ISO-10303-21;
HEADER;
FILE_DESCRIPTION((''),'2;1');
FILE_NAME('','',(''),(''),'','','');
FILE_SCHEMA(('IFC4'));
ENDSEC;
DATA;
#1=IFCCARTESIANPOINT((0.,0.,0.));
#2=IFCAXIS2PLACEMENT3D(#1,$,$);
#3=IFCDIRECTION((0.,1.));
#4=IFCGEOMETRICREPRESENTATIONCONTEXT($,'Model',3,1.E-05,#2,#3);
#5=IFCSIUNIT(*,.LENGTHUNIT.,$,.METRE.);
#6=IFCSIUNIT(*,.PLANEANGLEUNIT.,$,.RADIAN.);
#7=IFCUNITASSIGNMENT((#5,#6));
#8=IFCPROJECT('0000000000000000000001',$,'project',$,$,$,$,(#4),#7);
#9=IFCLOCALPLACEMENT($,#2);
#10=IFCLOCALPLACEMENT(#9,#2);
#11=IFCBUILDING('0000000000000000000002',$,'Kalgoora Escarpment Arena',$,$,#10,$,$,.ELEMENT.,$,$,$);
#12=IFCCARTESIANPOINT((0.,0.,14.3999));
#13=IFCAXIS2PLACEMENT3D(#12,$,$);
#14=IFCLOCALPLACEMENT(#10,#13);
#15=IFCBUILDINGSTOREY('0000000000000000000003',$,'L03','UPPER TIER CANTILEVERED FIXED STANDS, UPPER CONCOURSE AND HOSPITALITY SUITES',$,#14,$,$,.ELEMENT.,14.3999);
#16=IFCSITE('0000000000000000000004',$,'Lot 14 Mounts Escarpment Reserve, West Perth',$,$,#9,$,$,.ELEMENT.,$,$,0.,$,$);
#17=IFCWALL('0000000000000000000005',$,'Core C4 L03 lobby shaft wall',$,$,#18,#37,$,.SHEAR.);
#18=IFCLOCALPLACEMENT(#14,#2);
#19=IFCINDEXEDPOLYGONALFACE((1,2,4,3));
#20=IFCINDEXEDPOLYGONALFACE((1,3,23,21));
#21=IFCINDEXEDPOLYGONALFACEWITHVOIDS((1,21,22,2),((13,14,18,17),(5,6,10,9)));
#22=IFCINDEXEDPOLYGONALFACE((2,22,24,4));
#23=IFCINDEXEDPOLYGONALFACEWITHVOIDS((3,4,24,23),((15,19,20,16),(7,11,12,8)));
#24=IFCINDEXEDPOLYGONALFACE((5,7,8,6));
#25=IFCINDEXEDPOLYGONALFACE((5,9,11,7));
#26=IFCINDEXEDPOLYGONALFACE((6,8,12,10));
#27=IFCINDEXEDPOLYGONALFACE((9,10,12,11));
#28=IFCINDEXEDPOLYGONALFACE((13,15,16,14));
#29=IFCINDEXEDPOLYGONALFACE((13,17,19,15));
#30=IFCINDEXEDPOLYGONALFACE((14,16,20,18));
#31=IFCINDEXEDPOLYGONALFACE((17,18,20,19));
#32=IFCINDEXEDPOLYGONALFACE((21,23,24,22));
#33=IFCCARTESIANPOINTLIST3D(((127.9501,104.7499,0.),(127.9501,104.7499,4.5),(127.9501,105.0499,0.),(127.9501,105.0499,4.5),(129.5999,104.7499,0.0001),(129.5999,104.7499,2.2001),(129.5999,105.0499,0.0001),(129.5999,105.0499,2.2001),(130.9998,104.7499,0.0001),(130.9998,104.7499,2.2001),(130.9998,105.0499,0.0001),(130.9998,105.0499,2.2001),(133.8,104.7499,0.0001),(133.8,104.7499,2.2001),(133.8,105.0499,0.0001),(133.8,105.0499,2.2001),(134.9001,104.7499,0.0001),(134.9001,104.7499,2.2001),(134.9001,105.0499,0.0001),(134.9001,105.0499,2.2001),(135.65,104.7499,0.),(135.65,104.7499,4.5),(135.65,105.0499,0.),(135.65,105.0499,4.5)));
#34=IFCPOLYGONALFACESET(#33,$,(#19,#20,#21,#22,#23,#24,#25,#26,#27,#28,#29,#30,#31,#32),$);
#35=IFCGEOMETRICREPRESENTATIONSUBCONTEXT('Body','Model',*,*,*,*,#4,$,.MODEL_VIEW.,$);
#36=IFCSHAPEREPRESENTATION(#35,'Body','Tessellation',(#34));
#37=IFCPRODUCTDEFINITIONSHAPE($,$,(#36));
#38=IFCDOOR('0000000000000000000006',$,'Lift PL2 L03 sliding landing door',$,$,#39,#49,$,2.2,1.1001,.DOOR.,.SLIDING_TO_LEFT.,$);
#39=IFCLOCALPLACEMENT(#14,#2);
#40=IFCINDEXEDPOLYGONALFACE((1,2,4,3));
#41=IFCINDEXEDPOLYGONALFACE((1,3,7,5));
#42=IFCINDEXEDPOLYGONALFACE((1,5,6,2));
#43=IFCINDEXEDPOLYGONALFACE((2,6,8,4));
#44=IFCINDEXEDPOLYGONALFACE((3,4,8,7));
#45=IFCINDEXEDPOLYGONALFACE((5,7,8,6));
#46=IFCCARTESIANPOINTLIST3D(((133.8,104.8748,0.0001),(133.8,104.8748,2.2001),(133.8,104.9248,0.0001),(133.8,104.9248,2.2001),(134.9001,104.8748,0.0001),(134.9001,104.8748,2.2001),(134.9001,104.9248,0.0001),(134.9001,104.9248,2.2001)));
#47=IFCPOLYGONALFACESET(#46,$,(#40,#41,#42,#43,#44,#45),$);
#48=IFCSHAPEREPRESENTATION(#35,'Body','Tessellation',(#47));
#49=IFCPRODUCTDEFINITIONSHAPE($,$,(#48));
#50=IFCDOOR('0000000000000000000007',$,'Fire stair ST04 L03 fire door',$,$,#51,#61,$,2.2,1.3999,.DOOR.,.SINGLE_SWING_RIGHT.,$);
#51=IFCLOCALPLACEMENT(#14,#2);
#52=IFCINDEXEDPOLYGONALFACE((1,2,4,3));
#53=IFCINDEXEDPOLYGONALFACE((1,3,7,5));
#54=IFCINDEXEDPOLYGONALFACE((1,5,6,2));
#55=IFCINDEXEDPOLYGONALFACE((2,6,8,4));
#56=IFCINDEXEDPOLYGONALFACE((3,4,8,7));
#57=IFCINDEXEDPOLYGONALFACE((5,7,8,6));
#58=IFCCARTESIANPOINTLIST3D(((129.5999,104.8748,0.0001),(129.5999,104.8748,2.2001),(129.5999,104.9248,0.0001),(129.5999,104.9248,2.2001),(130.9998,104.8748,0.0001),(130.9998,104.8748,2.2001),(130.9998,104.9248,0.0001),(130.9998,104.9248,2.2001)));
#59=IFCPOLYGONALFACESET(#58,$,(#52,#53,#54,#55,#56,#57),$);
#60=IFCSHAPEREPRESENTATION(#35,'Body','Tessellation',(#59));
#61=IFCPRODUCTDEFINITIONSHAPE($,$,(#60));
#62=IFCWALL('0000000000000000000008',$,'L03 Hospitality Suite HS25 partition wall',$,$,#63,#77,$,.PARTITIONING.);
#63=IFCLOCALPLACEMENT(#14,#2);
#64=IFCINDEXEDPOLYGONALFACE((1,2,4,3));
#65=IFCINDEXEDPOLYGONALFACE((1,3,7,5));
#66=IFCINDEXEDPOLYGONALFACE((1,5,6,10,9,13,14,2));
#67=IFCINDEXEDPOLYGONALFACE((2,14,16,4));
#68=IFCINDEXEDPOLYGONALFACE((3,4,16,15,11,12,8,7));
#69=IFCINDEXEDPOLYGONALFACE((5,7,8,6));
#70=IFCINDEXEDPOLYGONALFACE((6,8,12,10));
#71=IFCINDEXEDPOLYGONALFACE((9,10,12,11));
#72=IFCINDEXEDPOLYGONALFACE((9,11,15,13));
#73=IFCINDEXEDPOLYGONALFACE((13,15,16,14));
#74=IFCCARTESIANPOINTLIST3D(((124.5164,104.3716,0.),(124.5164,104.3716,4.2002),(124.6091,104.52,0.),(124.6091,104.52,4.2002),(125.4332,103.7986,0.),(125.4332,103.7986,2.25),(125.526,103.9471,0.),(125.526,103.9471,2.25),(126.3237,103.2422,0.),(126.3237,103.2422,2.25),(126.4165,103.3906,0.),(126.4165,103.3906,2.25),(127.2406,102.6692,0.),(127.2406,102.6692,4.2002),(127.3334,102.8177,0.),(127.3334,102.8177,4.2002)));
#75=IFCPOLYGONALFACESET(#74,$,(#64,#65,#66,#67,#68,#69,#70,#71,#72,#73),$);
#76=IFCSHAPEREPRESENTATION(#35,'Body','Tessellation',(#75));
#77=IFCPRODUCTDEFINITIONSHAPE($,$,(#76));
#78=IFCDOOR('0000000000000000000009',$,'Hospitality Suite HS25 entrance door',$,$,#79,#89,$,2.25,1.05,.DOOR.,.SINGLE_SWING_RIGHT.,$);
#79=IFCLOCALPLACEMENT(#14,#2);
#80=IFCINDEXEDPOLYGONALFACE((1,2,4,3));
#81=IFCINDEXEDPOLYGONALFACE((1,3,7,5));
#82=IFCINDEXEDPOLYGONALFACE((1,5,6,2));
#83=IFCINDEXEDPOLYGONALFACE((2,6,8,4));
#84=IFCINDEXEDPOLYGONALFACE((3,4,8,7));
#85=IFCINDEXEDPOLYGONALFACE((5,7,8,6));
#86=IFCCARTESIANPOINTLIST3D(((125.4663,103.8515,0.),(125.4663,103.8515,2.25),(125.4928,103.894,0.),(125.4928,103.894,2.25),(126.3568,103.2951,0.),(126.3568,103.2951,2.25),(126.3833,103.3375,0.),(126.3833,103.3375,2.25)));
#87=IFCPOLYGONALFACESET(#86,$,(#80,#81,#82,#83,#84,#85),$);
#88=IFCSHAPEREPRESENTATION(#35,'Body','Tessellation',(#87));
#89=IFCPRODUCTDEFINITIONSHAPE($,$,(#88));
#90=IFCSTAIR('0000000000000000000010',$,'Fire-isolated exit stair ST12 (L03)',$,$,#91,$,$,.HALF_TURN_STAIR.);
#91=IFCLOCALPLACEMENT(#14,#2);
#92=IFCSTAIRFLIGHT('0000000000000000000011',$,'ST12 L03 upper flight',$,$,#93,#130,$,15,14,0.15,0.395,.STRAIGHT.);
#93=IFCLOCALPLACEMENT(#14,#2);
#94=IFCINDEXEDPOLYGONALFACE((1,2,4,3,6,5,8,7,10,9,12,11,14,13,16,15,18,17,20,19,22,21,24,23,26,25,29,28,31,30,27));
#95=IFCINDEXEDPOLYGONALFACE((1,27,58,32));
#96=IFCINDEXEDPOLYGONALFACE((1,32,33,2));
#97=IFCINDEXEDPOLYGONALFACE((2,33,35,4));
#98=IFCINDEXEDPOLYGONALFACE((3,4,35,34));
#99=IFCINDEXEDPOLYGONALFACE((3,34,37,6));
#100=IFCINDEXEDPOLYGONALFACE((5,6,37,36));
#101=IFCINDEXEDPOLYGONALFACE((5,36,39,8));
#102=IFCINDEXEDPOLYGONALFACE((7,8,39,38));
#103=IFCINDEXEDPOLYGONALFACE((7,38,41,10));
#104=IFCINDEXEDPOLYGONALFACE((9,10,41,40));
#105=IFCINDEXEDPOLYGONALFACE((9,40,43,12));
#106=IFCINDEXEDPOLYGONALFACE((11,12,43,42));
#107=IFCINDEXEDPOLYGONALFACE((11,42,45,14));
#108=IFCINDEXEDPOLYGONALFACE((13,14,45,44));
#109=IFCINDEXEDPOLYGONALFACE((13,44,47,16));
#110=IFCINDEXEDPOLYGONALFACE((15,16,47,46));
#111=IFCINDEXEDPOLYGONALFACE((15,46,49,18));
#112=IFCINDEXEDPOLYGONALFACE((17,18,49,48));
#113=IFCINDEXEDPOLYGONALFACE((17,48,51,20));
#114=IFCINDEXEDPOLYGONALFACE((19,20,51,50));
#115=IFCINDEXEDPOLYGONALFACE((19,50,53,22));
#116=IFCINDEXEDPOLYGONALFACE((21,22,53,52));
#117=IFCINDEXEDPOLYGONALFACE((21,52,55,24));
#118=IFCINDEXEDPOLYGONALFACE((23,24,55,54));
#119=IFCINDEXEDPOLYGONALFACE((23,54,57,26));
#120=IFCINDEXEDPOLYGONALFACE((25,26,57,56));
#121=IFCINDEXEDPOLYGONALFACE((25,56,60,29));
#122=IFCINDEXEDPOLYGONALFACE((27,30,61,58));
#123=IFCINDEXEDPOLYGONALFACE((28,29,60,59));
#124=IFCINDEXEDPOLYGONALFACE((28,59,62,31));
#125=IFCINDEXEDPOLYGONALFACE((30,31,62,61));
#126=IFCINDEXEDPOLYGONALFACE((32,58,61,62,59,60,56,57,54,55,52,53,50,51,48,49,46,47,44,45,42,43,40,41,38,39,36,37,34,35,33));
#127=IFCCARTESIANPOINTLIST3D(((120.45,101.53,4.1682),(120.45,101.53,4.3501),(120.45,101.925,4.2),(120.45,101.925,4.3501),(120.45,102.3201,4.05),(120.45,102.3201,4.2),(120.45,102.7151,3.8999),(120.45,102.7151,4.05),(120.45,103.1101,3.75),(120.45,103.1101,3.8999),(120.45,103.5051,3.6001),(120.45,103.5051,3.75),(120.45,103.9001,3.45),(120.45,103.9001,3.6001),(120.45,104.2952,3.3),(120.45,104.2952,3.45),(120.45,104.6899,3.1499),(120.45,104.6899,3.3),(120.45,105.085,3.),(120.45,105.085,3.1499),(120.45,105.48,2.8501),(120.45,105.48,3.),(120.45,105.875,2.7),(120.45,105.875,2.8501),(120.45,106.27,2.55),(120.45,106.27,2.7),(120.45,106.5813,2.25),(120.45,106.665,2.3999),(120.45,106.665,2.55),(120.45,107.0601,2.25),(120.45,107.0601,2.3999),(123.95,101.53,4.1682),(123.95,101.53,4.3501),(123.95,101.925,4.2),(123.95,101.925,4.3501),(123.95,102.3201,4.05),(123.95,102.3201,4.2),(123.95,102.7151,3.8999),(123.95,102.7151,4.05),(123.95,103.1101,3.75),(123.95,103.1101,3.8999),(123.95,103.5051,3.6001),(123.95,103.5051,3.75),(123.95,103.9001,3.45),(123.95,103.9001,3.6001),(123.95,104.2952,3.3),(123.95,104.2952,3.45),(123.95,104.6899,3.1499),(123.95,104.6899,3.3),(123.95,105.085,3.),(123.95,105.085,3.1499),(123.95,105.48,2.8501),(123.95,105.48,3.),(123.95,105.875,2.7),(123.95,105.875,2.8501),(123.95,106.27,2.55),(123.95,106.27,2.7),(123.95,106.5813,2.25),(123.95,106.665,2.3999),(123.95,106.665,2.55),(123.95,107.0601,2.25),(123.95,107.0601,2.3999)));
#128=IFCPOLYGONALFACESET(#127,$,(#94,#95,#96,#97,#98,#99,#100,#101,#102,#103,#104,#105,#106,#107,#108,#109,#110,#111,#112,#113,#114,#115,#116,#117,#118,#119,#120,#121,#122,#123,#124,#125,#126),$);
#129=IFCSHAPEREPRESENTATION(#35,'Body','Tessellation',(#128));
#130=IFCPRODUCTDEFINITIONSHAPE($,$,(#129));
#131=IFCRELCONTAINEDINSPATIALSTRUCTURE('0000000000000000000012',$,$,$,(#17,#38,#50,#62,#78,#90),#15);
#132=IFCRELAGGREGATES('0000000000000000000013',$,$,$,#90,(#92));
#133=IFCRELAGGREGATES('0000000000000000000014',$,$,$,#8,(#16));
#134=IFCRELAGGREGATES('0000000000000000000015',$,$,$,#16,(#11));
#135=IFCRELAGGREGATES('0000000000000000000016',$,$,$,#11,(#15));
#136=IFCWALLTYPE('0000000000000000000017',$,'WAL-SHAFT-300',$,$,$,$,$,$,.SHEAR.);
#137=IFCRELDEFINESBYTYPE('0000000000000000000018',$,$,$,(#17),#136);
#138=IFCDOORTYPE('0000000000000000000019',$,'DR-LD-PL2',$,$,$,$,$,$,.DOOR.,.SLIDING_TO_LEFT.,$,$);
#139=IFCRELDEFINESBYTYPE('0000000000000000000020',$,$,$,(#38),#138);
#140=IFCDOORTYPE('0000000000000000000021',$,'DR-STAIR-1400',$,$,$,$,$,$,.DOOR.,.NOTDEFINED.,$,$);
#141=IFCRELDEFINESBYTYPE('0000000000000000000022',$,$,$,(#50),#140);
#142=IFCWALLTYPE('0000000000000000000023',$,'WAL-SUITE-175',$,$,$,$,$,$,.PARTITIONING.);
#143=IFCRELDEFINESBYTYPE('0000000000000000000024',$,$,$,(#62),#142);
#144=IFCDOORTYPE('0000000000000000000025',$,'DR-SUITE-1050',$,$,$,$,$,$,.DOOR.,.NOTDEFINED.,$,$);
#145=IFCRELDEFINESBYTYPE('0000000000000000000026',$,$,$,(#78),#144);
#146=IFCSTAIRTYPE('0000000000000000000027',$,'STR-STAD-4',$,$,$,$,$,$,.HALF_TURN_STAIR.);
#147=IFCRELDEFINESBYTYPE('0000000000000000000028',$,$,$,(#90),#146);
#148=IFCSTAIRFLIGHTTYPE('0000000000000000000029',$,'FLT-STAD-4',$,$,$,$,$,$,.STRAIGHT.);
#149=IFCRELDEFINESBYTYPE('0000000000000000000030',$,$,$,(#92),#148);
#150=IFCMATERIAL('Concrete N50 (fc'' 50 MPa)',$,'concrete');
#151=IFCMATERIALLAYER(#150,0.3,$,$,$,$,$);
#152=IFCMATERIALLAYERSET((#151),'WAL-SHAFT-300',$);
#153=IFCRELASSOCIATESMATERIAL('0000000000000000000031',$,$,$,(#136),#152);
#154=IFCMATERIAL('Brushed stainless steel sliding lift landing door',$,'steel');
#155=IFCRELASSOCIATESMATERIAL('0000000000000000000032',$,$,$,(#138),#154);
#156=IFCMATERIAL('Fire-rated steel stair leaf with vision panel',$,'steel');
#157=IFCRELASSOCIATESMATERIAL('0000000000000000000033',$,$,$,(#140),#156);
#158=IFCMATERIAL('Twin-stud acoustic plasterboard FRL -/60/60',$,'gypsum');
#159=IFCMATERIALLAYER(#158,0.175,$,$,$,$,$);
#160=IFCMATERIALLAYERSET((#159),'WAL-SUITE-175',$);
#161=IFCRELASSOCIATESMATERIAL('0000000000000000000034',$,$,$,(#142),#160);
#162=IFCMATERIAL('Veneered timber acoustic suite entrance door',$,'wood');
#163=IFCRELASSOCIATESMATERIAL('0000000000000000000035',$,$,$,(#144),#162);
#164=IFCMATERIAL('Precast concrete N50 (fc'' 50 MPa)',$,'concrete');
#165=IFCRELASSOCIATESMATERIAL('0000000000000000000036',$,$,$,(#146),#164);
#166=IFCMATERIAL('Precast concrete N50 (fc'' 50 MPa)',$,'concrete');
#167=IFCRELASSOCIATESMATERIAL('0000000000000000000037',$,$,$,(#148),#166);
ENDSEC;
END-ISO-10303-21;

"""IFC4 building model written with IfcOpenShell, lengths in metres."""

from ifc_helpers import new_model, si_unit, direction, frame, frame_2d, origin, place, context, subcontext, project, spatial, polyline, rectangle, outline, extrude, material, layer, layer_set, type_object, element, fill, aggregate, save


model = new_model("IFC4")

# Units and contexts
model_context = context("Model", 3, precision=1e-05, world=origin(), true_north=direction((0.0, 1.0)))
body_context = subcontext(model_context, "Body", "Model", "MODEL_VIEW")
ifc_project = project(units=[si_unit("LENGTHUNIT", "METRE"), si_unit("PLANEANGLEUNIT", "RADIAN")], contexts=[model_context])

# Site, building, storey
site_placement = place(None, origin())
site = spatial("IfcSite", under=ifc_project, at=site_placement, Name="Lot 14 Mounts Escarpment Reserve, West Perth", CompositionType="ELEMENT", RefElevation=0.0)
building_placement = place(site_placement, origin())
building = spatial("IfcBuilding", under=site, at=building_placement, Name="Kalgoora Escarpment Arena", CompositionType="ELEMENT")
storey_placement = place(building_placement, frame((0.0, 0.0, 14.3999)))
storey = spatial("IfcBuildingStorey", under=building, at=storey_placement, Name="L03", Description="UPPER TIER CANTILEVERED FIXED STANDS, UPPER CONCOURSE AND HOSPITALITY SUITES", CompositionType="ELEMENT", Elevation=14.3999)

# Wall, openings, doors
ifc_material_1 = material(Name="Concrete N50 (fc' 50 MPa)", Category="concrete")
ifc_layer_1 = layer(ifc_material_1, 0.3)
ifc_layer_set_1 = layer_set([ifc_layer_1], Name="WAL-SHAFT-300")
wall_type_1 = type_object("IfcWallType", Name="WAL-SHAFT-300", PredefinedType="SHEAR", material=ifc_layer_set_1)
wall_1_placement = place(storey_placement, frame((127.95, 104.8999, 0.0), z_axis=(0.0, 0.0, 1.0), x_axis=(1.0, 0.0, 0.0)))
wall_1 = element("IfcWall", 1, at=wall_1_placement, inside=storey, type_object=wall_type_1, Name="Core C4 L03 lobby shaft wall", PredefinedType="SHEAR", context=body_context, shape_type="SweptSolid", body=[
    extrude(rectangle(XDim=7.7, YDim=0.3, at=frame_2d((3.8501, 0.0))), origin(), (0.0, 0.0, 1.0), 4.5),
])
opening_1_placement = place(wall_1_placement, frame((1.6499, 0.0, 0.0)))
opening_1 = element("IfcOpeningElement", 2, at=opening_1_placement, cuts=wall_1, PredefinedType="OPENING", context=body_context, shape_type="SweptSolid", body=[
    extrude(rectangle(XDim=1.3999, YDim=2.2, at=frame_2d((0.7, 1.1001))), frame((0.0, 0.1599, 0.0), z_axis=(0.0, -1.0, 0.0), x_axis=(1.0, 0.0, 0.0)), (0.0, 0.0, 1.0), 0.3201),
])
opening_2_placement = place(wall_1_placement, frame((5.8501, 0.0, 0.0)))
opening_2 = element("IfcOpeningElement", 3, at=opening_2_placement, cuts=wall_1, PredefinedType="OPENING", context=body_context, shape_type="SweptSolid", body=[
    extrude(rectangle(XDim=1.1001, YDim=2.2, at=frame_2d((0.55, 1.1001))), frame((0.0, 0.1599, 0.0), z_axis=(0.0, -1.0, 0.0), x_axis=(1.0, 0.0, 0.0)), (0.0, 0.0, 1.0), 0.3201),
])
ifc_material_2 = material(Name="Brushed stainless steel sliding lift landing door", Category="steel")
door_type_1 = type_object("IfcDoorType", Name="DR-LD-PL2", OperationType="SLIDING_TO_LEFT", PredefinedType="DOOR", material=ifc_material_2)
door_1_placement = place(opening_2_placement, origin())
door_1 = element("IfcDoor", 4, at=door_1_placement, inside=storey, type_object=door_type_1, Name="Lift PL2 L03 sliding landing door", OperationType="SLIDING_TO_LEFT", OverallHeight=2.2, OverallWidth=1.1001, PredefinedType="DOOR", context=body_context, shape_type="SweptSolid", body=[
    extrude(rectangle(XDim=1.1001, YDim=2.2, at=frame_2d((0.55, 1.1001))), frame((0.0, 0.0249, 0.0), z_axis=(0.0, -1.0, 0.0), x_axis=(1.0, 0.0, 0.0)), (0.0, 0.0, 1.0), 0.05),
])
fill(opening_2, door_1)
ifc_material_3 = material(Name="Fire-rated steel stair leaf with vision panel", Category="steel")
door_type_2 = type_object("IfcDoorType", Name="DR-STAIR-1400", OperationType="NOTDEFINED", PredefinedType="DOOR", material=ifc_material_3)
door_2_placement = place(opening_1_placement, origin())
door_2 = element("IfcDoor", 5, at=door_2_placement, inside=storey, type_object=door_type_2, Name="Fire stair ST04 L03 fire door", OperationType="SINGLE_SWING_RIGHT", OverallHeight=2.2, OverallWidth=1.3999, PredefinedType="DOOR", context=body_context, shape_type="SweptSolid", body=[
    extrude(rectangle(XDim=1.3999, YDim=2.2, at=frame_2d((0.7, 1.1001))), frame((0.0, 0.0249, 0.0), z_axis=(0.0, -1.0, 0.0), x_axis=(1.0, 0.0, 0.0)), (0.0, 0.0, 1.0), 0.05),
])
fill(opening_1, door_2)

# Wall, opening, door
ifc_material_4 = material(Name="Twin-stud acoustic plasterboard FRL -/60/60", Category="gypsum")
ifc_layer_2 = layer(ifc_material_4, 0.175)
ifc_layer_set_2 = layer_set([ifc_layer_2], Name="WAL-SUITE-175")
wall_type_2 = type_object("IfcWallType", Name="WAL-SUITE-175", PredefinedType="PARTITIONING", material=ifc_layer_set_2)
wall_2_placement = place(storey_placement, frame((124.5627, 104.4458, 0.0), z_axis=(0.0, 0.0, 1.0), x_axis=(0.848045, -0.529924, 0.0)))
wall_2 = element("IfcWall", 6, at=wall_2_placement, inside=storey, type_object=wall_type_2, Name="L03 Hospitality Suite HS25 partition wall", PredefinedType="PARTITIONING", context=body_context, shape_type="SweptSolid", body=[
    extrude(rectangle(XDim=3.2124, YDim=0.175, at=frame_2d((1.6062, 0.0))), origin(), (0.0, 0.0, 1.0), 4.2002),
])
opening_3_placement = place(wall_2_placement, frame((1.0813, 0.0, 0.0)))
opening_3 = element("IfcOpeningElement", 7, at=opening_3_placement, cuts=wall_2, PredefinedType="OPENING", context=body_context, shape_type="SweptSolid", body=[
    extrude(rectangle(XDim=1.05, YDim=2.25, at=frame_2d((0.5249, 1.125))), frame((0.0, 0.0974, 0.0), z_axis=(0.0, -1.0, 0.0), x_axis=(1.0, 0.0, 0.0)), (0.0, 0.0, 1.0), 0.1951),
])
ifc_material_5 = material(Name="Veneered timber acoustic suite entrance door", Category="wood")
door_type_3 = type_object("IfcDoorType", Name="DR-SUITE-1050", OperationType="NOTDEFINED", PredefinedType="DOOR", material=ifc_material_5)
door_3_placement = place(opening_3_placement, origin())
door_3 = element("IfcDoor", 8, at=door_3_placement, inside=storey, type_object=door_type_3, Name="Hospitality Suite HS25 entrance door", OperationType="SINGLE_SWING_RIGHT", OverallHeight=2.25, OverallWidth=1.05, PredefinedType="DOOR", context=body_context, shape_type="SweptSolid", body=[
    extrude(rectangle(XDim=1.05, YDim=2.25, at=frame_2d((0.5249, 1.125))), frame((0.0, 0.0249, 0.0), z_axis=(0.0, -1.0, 0.0), x_axis=(1.0, 0.0, 0.0)), (0.0, 0.0, 1.0), 0.05),
])
fill(opening_3, door_3)

# Stair, stair flight
ifc_material_6 = material(Name="Precast concrete N50 (fc' 50 MPa)", Category="concrete")
stair_type = type_object("IfcStairType", Name="STR-STAD-4", PredefinedType="HALF_TURN_STAIR", material=ifc_material_6)
stair_placement = place(storey_placement, origin())
stair = element("IfcStair", 9, at=stair_placement, inside=storey, type_object=stair_type, Name="Fire-isolated exit stair ST12 (L03)", PredefinedType="HALF_TURN_STAIR")
ifc_material_7 = material(Name="Precast concrete N50 (fc' 50 MPa)", Category="concrete")
stair_flight_type = type_object("IfcStairFlightType", Name="FLT-STAD-4", PredefinedType="STRAIGHT", material=ifc_material_7)
stair_flight_placement = place(storey_placement, frame((122.2, 107.0601, 2.25), z_axis=(0.0, 0.0, 1.0), x_axis=(0.0, -1.0, 0.0)))
stair_flight = element("IfcStairFlight", 10, at=stair_flight_placement, type_object=stair_flight_type, Name="ST12 L03 upper flight", NumberOfRisers=15, NumberOfTreads=14, PredefinedType="STRAIGHT", RiserHeight=0.15, TreadLength=0.395, context=body_context, shape_type="SweptSolid", body=[
    extrude(outline(polyline([(0.0, 0.0), (0.0, 0.1499), (0.395, 0.1499), (0.395, 0.3), (0.79, 0.3), (0.79, 0.45), (1.1851, 0.45), (1.1851, 0.6001), (1.5801, 0.6001), (1.5801, 0.75), (1.9751, 0.75), (1.9751, 0.8999), (2.3701, 0.8999), (2.3701, 1.05), (2.7649, 1.05), (2.7649, 1.2), (3.1599, 1.2), (3.1599, 1.3501), (3.5549, 1.3501), (3.5549, 1.5), (3.95, 1.5), (3.95, 1.6499), (4.345, 1.6499), (4.345, 1.8), (4.74, 1.8), (4.74, 1.95), (5.135, 1.95), (5.135, 2.1001), (5.53, 2.1001), (5.53, 2.25), (5.53, 1.9182), (0.4788, 0.0), (0.0, 0.0)])), frame((0.0, 1.75, 0.0), z_axis=(0.0, -1.0, 0.0), x_axis=(1.0, 0.0, 0.0)), (0.0, 0.0, 1.0), 3.5),
])
aggregate(stair, [stair_flight])

save(model, "model.ifc")
